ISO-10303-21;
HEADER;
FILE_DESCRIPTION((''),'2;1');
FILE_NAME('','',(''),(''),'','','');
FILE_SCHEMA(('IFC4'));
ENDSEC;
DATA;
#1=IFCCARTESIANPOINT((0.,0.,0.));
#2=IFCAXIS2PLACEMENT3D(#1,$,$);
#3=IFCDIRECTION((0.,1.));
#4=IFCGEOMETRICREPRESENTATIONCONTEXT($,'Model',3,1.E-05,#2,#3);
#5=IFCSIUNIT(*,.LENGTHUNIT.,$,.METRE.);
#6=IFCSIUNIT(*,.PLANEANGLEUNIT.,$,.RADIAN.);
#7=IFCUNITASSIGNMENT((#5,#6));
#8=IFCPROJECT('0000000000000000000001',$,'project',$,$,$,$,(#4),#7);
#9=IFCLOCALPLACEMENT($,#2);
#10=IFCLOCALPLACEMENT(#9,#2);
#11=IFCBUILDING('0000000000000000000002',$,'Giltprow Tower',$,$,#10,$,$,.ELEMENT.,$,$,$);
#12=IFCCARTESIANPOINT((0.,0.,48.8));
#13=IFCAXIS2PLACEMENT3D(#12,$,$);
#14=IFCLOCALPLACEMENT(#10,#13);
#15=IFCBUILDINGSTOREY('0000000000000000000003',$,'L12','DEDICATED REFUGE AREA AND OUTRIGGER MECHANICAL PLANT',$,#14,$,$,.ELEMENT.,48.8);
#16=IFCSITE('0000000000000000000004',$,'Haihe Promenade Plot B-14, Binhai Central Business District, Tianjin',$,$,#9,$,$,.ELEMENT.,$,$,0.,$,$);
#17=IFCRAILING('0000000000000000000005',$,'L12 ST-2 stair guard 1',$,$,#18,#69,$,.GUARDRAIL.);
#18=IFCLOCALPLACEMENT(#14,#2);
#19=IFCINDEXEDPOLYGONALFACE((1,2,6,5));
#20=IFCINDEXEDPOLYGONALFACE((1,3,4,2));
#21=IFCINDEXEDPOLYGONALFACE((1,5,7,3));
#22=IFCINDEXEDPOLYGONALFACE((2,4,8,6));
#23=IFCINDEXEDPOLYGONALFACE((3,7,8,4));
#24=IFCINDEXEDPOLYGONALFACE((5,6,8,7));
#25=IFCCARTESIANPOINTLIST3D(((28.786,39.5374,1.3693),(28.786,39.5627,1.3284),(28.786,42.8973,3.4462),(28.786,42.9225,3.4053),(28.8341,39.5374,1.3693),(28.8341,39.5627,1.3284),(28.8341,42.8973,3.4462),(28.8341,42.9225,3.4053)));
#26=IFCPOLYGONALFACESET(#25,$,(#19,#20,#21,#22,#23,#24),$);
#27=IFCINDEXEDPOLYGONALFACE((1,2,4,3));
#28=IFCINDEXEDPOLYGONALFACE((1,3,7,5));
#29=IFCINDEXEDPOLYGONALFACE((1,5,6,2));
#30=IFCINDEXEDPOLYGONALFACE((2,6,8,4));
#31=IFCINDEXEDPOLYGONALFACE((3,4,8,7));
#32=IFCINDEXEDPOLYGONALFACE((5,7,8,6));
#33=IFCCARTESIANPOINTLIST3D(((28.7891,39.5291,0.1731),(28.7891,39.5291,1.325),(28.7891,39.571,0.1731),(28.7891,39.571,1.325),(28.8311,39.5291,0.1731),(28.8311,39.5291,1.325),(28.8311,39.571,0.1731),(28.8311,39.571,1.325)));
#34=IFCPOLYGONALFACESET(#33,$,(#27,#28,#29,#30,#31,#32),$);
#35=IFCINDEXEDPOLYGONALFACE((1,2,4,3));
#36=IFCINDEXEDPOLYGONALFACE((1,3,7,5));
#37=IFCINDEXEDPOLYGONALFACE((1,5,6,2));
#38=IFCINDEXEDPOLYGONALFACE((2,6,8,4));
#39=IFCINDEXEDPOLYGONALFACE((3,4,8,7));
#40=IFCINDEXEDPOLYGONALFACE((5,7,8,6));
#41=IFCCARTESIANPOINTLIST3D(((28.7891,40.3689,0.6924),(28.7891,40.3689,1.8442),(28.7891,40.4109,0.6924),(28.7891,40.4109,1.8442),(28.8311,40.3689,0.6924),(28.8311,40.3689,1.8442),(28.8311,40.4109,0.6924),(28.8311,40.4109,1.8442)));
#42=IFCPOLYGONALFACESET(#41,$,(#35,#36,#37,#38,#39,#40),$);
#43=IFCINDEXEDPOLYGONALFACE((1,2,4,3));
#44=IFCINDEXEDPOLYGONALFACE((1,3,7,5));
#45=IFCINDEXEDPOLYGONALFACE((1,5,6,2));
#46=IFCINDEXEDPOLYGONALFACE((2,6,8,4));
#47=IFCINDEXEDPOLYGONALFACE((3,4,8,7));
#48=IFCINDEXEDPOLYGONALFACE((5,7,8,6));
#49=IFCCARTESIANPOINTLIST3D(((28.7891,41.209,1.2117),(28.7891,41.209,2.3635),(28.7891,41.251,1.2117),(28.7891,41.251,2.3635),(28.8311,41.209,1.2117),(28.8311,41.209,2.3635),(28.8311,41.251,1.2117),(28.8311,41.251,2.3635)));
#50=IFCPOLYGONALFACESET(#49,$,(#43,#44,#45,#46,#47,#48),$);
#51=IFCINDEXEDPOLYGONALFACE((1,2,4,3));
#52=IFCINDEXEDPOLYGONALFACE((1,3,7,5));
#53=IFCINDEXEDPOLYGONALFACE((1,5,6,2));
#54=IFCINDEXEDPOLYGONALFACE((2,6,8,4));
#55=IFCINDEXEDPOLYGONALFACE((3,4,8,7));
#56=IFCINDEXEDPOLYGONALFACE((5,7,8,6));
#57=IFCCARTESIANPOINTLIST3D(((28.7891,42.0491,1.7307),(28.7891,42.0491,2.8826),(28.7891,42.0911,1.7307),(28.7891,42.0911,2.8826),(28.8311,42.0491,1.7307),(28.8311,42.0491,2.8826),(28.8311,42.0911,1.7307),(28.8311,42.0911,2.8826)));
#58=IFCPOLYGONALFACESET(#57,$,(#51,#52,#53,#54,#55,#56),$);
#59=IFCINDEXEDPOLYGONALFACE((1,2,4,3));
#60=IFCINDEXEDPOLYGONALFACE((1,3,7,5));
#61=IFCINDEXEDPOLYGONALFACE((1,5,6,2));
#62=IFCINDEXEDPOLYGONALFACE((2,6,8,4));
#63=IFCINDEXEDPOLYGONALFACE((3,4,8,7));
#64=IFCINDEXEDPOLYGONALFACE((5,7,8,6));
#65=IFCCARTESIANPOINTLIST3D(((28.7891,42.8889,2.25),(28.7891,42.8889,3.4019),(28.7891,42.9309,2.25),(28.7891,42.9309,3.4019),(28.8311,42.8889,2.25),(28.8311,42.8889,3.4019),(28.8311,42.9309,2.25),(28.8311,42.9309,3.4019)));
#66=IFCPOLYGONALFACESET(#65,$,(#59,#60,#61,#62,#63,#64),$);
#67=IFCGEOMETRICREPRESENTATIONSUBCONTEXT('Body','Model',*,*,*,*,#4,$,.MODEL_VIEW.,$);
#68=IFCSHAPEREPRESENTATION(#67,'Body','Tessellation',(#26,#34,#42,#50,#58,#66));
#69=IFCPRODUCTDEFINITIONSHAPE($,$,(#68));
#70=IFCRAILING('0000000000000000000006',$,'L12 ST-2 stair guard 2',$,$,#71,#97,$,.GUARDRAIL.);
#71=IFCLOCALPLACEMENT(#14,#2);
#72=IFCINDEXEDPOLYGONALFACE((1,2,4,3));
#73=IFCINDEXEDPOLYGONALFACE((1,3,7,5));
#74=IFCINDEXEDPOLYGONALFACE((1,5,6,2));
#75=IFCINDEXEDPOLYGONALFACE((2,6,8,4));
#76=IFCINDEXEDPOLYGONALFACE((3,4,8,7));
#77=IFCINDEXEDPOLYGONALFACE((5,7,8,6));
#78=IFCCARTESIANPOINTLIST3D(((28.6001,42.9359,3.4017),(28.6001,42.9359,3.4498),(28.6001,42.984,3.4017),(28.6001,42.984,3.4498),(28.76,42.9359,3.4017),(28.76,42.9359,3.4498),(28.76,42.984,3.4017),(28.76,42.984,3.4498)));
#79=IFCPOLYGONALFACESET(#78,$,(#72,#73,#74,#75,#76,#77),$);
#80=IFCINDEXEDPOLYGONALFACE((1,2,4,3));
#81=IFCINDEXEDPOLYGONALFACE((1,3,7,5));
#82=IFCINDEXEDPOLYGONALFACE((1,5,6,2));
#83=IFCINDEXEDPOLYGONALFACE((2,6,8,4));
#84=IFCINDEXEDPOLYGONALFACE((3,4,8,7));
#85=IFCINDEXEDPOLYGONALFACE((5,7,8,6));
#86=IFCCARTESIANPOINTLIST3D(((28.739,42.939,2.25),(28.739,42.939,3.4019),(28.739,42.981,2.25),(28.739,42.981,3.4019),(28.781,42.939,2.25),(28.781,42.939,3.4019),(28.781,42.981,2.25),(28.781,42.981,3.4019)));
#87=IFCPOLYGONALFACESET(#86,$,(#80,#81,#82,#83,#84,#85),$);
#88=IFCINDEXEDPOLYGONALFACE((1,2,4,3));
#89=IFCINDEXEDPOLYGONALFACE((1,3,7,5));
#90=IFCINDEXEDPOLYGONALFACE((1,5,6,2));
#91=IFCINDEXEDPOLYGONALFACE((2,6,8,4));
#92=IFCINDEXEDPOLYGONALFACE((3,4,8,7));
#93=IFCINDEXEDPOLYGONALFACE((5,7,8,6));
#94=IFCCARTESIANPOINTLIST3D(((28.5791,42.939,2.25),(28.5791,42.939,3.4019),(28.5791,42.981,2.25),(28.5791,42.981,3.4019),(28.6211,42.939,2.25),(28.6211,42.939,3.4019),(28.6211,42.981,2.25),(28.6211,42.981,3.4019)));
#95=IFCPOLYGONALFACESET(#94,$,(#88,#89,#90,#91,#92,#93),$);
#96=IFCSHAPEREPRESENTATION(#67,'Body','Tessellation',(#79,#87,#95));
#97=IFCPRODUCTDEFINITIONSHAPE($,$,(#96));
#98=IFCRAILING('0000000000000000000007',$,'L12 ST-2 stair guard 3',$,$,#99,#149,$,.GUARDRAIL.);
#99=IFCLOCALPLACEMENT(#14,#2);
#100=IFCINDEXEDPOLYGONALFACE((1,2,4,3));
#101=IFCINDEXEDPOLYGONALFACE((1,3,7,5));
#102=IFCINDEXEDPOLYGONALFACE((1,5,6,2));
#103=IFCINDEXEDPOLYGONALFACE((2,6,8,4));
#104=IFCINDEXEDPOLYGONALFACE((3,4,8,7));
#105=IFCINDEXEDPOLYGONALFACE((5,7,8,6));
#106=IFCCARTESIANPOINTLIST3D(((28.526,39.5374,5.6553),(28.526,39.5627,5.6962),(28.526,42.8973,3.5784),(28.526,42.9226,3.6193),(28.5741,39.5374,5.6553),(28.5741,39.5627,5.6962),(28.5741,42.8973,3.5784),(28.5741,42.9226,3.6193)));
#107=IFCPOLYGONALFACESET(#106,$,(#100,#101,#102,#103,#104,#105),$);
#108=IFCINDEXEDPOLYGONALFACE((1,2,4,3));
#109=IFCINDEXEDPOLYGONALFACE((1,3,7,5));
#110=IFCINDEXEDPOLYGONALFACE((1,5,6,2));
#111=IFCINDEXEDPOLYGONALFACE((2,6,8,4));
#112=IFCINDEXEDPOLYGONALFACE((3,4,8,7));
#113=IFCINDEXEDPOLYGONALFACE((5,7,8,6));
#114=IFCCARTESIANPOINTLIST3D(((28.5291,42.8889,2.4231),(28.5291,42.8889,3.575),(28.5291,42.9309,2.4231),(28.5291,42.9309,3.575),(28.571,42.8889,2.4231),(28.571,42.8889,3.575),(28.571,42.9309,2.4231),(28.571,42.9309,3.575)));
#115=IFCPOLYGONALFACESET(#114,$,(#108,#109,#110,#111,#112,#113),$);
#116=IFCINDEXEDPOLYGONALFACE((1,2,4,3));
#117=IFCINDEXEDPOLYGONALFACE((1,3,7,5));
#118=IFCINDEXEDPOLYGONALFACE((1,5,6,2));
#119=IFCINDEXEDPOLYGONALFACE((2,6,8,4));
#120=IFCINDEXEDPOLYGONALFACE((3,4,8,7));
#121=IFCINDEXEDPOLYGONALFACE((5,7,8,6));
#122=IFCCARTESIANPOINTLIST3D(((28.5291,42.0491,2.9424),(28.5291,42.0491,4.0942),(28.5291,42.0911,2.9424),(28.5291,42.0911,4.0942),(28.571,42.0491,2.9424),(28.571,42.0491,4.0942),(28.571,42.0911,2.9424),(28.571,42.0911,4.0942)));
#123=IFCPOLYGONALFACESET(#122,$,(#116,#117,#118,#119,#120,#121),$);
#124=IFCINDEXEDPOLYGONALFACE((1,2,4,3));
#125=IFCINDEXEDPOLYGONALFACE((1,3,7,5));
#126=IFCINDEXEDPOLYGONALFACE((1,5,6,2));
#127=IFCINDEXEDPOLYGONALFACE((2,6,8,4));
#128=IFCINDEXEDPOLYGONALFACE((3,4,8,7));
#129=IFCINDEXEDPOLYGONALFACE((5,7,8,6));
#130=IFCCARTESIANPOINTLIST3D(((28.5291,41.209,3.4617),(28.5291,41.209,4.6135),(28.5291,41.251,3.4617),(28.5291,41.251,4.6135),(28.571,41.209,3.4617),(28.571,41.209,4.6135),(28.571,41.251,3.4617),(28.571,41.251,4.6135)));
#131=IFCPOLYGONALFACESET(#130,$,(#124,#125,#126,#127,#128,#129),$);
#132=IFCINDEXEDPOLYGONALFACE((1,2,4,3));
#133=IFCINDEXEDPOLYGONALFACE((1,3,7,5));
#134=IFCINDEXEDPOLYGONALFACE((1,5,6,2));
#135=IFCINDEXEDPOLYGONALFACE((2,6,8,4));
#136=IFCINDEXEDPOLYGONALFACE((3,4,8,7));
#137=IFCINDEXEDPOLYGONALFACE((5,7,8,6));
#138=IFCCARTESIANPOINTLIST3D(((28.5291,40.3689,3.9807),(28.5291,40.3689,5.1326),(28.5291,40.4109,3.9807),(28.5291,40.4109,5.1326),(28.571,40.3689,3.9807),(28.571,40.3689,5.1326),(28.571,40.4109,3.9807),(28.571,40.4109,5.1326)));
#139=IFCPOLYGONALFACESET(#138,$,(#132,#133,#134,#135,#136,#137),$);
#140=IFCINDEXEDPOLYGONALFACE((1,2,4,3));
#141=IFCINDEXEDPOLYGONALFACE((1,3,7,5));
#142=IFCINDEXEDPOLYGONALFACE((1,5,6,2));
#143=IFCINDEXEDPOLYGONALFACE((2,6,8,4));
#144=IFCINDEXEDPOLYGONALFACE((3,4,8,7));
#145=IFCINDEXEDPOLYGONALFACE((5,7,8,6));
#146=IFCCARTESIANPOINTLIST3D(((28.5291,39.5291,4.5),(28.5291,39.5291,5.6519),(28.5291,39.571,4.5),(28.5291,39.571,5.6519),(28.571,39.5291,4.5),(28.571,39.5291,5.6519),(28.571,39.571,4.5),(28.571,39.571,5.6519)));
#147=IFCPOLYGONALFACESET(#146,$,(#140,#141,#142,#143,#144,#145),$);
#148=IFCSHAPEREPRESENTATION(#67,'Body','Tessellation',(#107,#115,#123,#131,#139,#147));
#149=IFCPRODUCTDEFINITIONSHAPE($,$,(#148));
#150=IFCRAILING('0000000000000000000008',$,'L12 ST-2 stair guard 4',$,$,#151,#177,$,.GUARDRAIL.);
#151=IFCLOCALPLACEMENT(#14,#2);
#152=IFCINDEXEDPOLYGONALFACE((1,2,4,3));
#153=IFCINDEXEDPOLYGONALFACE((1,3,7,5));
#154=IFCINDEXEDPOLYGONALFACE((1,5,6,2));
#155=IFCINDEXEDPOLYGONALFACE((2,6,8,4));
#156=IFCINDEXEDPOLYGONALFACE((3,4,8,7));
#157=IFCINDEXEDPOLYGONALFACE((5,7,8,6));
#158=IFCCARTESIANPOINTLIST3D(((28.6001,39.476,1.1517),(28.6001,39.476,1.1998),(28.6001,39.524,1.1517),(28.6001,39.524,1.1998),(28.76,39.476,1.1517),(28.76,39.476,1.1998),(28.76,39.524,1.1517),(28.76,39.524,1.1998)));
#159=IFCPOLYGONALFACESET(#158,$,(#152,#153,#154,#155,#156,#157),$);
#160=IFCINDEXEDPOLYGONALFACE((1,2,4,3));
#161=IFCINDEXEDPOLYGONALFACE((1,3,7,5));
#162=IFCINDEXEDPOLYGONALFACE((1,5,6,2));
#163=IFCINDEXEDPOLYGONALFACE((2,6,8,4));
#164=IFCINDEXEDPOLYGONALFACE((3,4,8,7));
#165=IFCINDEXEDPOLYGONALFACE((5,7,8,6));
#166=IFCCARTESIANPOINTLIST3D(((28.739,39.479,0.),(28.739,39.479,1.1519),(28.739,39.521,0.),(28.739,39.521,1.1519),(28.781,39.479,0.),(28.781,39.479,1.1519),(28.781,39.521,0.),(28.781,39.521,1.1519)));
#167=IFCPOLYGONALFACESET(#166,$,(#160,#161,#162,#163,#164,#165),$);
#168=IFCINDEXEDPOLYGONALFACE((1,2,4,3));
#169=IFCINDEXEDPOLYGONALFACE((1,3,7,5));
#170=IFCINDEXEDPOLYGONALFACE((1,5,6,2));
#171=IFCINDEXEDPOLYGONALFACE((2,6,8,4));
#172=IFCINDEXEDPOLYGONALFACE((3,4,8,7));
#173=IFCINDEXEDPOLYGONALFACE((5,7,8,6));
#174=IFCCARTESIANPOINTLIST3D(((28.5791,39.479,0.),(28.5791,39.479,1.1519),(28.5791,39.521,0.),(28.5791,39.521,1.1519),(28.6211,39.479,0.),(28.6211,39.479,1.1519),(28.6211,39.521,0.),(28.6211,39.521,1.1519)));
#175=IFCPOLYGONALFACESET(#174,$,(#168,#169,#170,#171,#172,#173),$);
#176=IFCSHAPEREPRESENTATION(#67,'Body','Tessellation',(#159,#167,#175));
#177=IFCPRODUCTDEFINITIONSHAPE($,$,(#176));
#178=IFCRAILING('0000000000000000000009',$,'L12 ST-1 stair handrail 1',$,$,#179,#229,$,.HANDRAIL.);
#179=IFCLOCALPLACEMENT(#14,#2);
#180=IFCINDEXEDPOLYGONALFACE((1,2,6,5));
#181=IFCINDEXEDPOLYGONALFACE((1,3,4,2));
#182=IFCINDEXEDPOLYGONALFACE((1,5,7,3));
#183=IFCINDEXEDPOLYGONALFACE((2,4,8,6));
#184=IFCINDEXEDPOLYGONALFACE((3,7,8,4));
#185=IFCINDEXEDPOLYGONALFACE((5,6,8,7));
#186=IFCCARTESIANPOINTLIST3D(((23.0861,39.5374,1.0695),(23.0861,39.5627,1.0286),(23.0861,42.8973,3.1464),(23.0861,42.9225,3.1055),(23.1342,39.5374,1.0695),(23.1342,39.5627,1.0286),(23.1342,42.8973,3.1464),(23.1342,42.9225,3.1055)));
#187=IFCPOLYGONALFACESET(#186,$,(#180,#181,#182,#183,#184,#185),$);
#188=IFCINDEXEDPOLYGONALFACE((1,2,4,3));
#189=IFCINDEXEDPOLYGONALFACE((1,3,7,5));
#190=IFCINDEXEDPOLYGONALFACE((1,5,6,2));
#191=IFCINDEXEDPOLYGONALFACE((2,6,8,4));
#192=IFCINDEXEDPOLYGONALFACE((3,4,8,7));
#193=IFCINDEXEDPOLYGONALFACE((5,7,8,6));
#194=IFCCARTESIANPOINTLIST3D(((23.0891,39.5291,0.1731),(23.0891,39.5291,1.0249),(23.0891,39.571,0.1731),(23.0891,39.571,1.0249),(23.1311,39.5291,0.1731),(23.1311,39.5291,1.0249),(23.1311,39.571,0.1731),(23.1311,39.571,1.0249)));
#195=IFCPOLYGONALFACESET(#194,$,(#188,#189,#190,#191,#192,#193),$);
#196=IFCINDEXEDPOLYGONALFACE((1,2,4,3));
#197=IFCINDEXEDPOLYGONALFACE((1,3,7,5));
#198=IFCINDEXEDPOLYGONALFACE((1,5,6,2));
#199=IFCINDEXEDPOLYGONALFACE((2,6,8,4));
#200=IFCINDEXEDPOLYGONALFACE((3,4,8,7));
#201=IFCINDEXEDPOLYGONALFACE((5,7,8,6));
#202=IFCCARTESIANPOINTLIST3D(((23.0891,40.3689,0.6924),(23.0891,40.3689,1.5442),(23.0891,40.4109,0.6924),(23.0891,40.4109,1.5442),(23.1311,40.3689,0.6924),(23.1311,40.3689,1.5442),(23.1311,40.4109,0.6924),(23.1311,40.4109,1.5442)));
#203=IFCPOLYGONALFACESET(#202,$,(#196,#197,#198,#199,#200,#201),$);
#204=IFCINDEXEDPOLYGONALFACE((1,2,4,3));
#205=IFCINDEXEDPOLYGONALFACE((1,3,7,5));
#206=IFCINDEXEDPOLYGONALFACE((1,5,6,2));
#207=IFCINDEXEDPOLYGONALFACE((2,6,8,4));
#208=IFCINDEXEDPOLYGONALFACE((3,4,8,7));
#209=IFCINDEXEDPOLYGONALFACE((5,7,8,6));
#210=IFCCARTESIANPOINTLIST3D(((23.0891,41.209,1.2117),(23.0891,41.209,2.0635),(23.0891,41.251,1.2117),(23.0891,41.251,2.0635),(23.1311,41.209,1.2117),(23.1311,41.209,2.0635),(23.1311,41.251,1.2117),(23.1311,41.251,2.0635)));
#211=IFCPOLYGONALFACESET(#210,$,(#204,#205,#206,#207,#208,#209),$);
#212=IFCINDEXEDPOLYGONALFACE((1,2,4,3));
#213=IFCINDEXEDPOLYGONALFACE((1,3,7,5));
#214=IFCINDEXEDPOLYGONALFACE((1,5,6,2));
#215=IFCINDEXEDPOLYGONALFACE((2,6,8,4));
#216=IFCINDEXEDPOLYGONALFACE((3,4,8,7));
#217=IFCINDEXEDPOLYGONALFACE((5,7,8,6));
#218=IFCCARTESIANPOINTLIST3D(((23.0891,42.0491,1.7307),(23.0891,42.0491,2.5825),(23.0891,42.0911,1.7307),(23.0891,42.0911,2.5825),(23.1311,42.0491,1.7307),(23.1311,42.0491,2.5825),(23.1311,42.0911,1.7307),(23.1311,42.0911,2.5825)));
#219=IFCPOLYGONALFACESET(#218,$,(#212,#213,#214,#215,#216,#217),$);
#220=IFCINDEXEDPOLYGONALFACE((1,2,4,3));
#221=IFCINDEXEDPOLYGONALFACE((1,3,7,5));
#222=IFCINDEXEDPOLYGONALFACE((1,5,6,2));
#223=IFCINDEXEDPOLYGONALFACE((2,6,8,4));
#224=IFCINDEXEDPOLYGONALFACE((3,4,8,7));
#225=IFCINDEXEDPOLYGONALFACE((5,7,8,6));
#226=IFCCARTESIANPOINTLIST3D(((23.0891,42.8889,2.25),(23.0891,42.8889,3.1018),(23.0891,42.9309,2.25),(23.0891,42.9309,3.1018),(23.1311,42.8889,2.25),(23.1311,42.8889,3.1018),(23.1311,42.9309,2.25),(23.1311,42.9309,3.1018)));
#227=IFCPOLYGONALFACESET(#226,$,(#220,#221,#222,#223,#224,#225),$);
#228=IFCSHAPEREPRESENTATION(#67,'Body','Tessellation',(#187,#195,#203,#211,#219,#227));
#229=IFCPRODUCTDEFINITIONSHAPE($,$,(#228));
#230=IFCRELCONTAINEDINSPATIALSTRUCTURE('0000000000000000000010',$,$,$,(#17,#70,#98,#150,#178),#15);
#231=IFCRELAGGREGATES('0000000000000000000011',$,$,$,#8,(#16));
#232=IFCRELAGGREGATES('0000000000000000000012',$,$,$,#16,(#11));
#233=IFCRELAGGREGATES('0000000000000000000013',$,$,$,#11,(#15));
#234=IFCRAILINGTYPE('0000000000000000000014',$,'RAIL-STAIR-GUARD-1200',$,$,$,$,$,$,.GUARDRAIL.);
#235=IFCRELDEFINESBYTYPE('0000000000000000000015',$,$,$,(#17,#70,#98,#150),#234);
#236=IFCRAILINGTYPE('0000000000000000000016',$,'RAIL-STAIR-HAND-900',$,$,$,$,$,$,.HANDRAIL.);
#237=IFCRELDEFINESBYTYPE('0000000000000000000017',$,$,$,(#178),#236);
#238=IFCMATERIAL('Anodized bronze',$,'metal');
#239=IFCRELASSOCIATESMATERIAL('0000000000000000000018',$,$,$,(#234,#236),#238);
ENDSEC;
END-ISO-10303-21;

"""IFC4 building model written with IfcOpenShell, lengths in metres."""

from ifc_helpers import new_model, si_unit, direction, frame, origin, origin_2d, place, context, subcontext, project, spatial, rectangle, extrude, material, type_object, element, save


model = new_model("IFC4")

# Units and contexts
model_context = context("Model", 3, precision=1e-05, world=origin(), true_north=direction((0.0, 1.0)))
body_context = subcontext(model_context, "Body", "Model", "MODEL_VIEW")
ifc_project = project(units=[si_unit("LENGTHUNIT", "METRE"), si_unit("PLANEANGLEUNIT", "RADIAN")], contexts=[model_context])

# Site, building, storey
site_placement = place(None, origin())
site = spatial("IfcSite", under=ifc_project, at=site_placement, Name="Haihe Promenade Plot B-14, Binhai Central Business District, Tianjin", CompositionType="ELEMENT", RefElevation=0.0)
building_placement = place(site_placement, origin())
building = spatial("IfcBuilding", under=site, at=building_placement, Name="Giltprow Tower", CompositionType="ELEMENT")
storey_placement = place(building_placement, frame((0.0, 0.0, 48.8)))
storey = spatial("IfcBuildingStorey", under=building, at=storey_placement, Name="L12", Description="DEDICATED REFUGE AREA AND OUTRIGGER MECHANICAL PLANT", CompositionType="ELEMENT", Elevation=48.8)

# Railings
ifc_material_1 = material(Name="Anodized bronze", Category="metal")
railing_type_1 = type_object("IfcRailingType", Name="RAIL-STAIR-GUARD-1200", PredefinedType="GUARDRAIL", material=ifc_material_1)
for number, where, name in (
    (1, (28.8101, 39.55, 0.1731), "L12 ST-2 stair guard 1"),
):
    element("IfcRailing", number, at=place(storey_placement, frame(where)), inside=storey, type_object=railing_type_1, Name=name, PredefinedType="GUARDRAIL", context=body_context, shape_type="SweptSolid", body=[
        extrude(rectangle(XDim=0.0481, YDim=0.0481, at=origin_2d()), frame((0.0, 0.0, 1.1758), z_axis=(0.0, 0.850606, 0.525803), x_axis=(-1.0, 0.0, 0.0)), (0.0, 0.0, 1.0), 3.95),
        extrude(rectangle(XDim=0.042, YDim=0.042, at=origin_2d()), origin(), (0.0, 0.0, 1.0), 1.1519),
        extrude(rectangle(XDim=0.042, YDim=0.042, at=origin_2d()), frame((0.0, 0.8398, 0.5193)), (0.0, 0.0, 1.0), 1.1519),
        extrude(rectangle(XDim=0.042, YDim=0.042, at=origin_2d()), frame((0.0, 1.6799, 1.0386)), (0.0, 0.0, 1.0), 1.1519),
        extrude(rectangle(XDim=0.042, YDim=0.042, at=origin_2d()), frame((0.0, 2.52, 1.5576)), (0.0, 0.0, 1.0), 1.1519),
        extrude(rectangle(XDim=0.042, YDim=0.042, at=origin_2d()), frame((0.0, 3.3599, 2.0769)), (0.0, 0.0, 1.0), 1.1519),
    ])
railing_1_placement = place(storey_placement, frame((28.76, 42.96, 2.25)))
element("IfcRailing", 2, at=railing_1_placement, inside=storey, type_object=railing_type_1, Name="L12 ST-2 stair guard 2", PredefinedType="GUARDRAIL", context=body_context, shape_type="SweptSolid", body=[
    extrude(rectangle(XDim=0.0481, YDim=0.0481, at=origin_2d()), frame((0.0, 0.0, 1.1758), z_axis=(-1.0, 0.0, 0.0), x_axis=(0.0, -1.0, 0.0)), (0.0, 0.0, 1.0), 0.1599),
    extrude(rectangle(XDim=0.042, YDim=0.042, at=origin_2d()), origin(), (0.0, 0.0, 1.0), 1.1519),
    extrude(rectangle(XDim=0.042, YDim=0.042, at=origin_2d()), frame((-0.1599, 0.0, 0.0)), (0.0, 0.0, 1.0), 1.1519),
])
railing_2_placement = place(storey_placement, frame((28.55, 42.9099, 2.4231)))
element("IfcRailing", 3, at=railing_2_placement, inside=storey, type_object=railing_type_1, Name="L12 ST-2 stair guard 3", PredefinedType="GUARDRAIL", context=body_context, shape_type="SweptSolid", body=[
    extrude(rectangle(XDim=0.0481, YDim=0.0481, at=origin_2d()), frame((0.0, 0.0, 1.1758), z_axis=(0.0, -0.850606, 0.525803), x_axis=(1.0, 0.0, 0.0)), (0.0, 0.0, 1.0), 3.95),
    extrude(rectangle(XDim=0.042, YDim=0.042, at=origin_2d()), origin(), (0.0, 0.0, 1.0), 1.1519),
    extrude(rectangle(XDim=0.042, YDim=0.042, at=origin_2d()), frame((0.0, -0.8398, 0.5193)), (0.0, 0.0, 1.0), 1.1519),
    extrude(rectangle(XDim=0.042, YDim=0.042, at=origin_2d()), frame((0.0, -1.6799, 1.0386)), (0.0, 0.0, 1.0), 1.1519),
    extrude(rectangle(XDim=0.042, YDim=0.042, at=origin_2d()), frame((0.0, -2.52, 1.5576)), (0.0, 0.0, 1.0), 1.1519),
    extrude(rectangle(XDim=0.042, YDim=0.042, at=origin_2d()), frame((0.0, -3.3599, 2.0769)), (0.0, 0.0, 1.0), 1.1519),
])
railing_3_placement = place(storey_placement, frame((28.76, 39.5, 0.0)))
element("IfcRailing", 4, at=railing_3_placement, inside=storey, type_object=railing_type_1, Name="L12 ST-2 stair guard 4", PredefinedType="GUARDRAIL", context=body_context, shape_type="SweptSolid", body=[
    extrude(rectangle(XDim=0.0481, YDim=0.0481, at=origin_2d()), frame((0.0, 0.0, 1.1758), z_axis=(-1.0, 0.0, 0.0), x_axis=(0.0, -1.0, 0.0)), (0.0, 0.0, 1.0), 0.1599),
    extrude(rectangle(XDim=0.042, YDim=0.042, at=origin_2d()), origin(), (0.0, 0.0, 1.0), 1.1519),
    extrude(rectangle(XDim=0.042, YDim=0.042, at=origin_2d()), frame((-0.1599, 0.0, 0.0)), (0.0, 0.0, 1.0), 1.1519),
])
railing_type_2 = type_object("IfcRailingType", Name="RAIL-STAIR-HAND-900", PredefinedType="HANDRAIL", material=ifc_material_1)
for number, where, name in (
    (5, (23.1101, 39.55, 0.1731), "L12 ST-1 stair handrail 1"),
):
    element("IfcRailing", number, at=place(storey_placement, frame(where)), inside=storey, type_object=railing_type_2, Name=name, PredefinedType="HANDRAIL", context=body_context, shape_type="SweptSolid", body=[
        extrude(rectangle(XDim=0.0481, YDim=0.0481, at=origin_2d()), frame((0.0, 0.0, 0.876), z_axis=(0.0, 0.850606, 0.525803), x_axis=(-1.0, 0.0, 0.0)), (0.0, 0.0, 1.0), 3.95),
        extrude(rectangle(XDim=0.042, YDim=0.042, at=origin_2d()), origin(), (0.0, 0.0, 1.0), 0.8518),
        extrude(rectangle(XDim=0.042, YDim=0.042, at=origin_2d()), frame((0.0, 0.8398, 0.5193)), (0.0, 0.0, 1.0), 0.8518),
        extrude(rectangle(XDim=0.042, YDim=0.042, at=origin_2d()), frame((0.0, 1.6799, 1.0386)), (0.0, 0.0, 1.0), 0.8518),
        extrude(rectangle(XDim=0.042, YDim=0.042, at=origin_2d()), frame((0.0, 2.52, 1.5576)), (0.0, 0.0, 1.0), 0.8518),
        extrude(rectangle(XDim=0.042, YDim=0.042, at=origin_2d()), frame((0.0, 3.3599, 2.0769)), (0.0, 0.0, 1.0), 0.8518),
    ])

save(model, "model.ifc")
